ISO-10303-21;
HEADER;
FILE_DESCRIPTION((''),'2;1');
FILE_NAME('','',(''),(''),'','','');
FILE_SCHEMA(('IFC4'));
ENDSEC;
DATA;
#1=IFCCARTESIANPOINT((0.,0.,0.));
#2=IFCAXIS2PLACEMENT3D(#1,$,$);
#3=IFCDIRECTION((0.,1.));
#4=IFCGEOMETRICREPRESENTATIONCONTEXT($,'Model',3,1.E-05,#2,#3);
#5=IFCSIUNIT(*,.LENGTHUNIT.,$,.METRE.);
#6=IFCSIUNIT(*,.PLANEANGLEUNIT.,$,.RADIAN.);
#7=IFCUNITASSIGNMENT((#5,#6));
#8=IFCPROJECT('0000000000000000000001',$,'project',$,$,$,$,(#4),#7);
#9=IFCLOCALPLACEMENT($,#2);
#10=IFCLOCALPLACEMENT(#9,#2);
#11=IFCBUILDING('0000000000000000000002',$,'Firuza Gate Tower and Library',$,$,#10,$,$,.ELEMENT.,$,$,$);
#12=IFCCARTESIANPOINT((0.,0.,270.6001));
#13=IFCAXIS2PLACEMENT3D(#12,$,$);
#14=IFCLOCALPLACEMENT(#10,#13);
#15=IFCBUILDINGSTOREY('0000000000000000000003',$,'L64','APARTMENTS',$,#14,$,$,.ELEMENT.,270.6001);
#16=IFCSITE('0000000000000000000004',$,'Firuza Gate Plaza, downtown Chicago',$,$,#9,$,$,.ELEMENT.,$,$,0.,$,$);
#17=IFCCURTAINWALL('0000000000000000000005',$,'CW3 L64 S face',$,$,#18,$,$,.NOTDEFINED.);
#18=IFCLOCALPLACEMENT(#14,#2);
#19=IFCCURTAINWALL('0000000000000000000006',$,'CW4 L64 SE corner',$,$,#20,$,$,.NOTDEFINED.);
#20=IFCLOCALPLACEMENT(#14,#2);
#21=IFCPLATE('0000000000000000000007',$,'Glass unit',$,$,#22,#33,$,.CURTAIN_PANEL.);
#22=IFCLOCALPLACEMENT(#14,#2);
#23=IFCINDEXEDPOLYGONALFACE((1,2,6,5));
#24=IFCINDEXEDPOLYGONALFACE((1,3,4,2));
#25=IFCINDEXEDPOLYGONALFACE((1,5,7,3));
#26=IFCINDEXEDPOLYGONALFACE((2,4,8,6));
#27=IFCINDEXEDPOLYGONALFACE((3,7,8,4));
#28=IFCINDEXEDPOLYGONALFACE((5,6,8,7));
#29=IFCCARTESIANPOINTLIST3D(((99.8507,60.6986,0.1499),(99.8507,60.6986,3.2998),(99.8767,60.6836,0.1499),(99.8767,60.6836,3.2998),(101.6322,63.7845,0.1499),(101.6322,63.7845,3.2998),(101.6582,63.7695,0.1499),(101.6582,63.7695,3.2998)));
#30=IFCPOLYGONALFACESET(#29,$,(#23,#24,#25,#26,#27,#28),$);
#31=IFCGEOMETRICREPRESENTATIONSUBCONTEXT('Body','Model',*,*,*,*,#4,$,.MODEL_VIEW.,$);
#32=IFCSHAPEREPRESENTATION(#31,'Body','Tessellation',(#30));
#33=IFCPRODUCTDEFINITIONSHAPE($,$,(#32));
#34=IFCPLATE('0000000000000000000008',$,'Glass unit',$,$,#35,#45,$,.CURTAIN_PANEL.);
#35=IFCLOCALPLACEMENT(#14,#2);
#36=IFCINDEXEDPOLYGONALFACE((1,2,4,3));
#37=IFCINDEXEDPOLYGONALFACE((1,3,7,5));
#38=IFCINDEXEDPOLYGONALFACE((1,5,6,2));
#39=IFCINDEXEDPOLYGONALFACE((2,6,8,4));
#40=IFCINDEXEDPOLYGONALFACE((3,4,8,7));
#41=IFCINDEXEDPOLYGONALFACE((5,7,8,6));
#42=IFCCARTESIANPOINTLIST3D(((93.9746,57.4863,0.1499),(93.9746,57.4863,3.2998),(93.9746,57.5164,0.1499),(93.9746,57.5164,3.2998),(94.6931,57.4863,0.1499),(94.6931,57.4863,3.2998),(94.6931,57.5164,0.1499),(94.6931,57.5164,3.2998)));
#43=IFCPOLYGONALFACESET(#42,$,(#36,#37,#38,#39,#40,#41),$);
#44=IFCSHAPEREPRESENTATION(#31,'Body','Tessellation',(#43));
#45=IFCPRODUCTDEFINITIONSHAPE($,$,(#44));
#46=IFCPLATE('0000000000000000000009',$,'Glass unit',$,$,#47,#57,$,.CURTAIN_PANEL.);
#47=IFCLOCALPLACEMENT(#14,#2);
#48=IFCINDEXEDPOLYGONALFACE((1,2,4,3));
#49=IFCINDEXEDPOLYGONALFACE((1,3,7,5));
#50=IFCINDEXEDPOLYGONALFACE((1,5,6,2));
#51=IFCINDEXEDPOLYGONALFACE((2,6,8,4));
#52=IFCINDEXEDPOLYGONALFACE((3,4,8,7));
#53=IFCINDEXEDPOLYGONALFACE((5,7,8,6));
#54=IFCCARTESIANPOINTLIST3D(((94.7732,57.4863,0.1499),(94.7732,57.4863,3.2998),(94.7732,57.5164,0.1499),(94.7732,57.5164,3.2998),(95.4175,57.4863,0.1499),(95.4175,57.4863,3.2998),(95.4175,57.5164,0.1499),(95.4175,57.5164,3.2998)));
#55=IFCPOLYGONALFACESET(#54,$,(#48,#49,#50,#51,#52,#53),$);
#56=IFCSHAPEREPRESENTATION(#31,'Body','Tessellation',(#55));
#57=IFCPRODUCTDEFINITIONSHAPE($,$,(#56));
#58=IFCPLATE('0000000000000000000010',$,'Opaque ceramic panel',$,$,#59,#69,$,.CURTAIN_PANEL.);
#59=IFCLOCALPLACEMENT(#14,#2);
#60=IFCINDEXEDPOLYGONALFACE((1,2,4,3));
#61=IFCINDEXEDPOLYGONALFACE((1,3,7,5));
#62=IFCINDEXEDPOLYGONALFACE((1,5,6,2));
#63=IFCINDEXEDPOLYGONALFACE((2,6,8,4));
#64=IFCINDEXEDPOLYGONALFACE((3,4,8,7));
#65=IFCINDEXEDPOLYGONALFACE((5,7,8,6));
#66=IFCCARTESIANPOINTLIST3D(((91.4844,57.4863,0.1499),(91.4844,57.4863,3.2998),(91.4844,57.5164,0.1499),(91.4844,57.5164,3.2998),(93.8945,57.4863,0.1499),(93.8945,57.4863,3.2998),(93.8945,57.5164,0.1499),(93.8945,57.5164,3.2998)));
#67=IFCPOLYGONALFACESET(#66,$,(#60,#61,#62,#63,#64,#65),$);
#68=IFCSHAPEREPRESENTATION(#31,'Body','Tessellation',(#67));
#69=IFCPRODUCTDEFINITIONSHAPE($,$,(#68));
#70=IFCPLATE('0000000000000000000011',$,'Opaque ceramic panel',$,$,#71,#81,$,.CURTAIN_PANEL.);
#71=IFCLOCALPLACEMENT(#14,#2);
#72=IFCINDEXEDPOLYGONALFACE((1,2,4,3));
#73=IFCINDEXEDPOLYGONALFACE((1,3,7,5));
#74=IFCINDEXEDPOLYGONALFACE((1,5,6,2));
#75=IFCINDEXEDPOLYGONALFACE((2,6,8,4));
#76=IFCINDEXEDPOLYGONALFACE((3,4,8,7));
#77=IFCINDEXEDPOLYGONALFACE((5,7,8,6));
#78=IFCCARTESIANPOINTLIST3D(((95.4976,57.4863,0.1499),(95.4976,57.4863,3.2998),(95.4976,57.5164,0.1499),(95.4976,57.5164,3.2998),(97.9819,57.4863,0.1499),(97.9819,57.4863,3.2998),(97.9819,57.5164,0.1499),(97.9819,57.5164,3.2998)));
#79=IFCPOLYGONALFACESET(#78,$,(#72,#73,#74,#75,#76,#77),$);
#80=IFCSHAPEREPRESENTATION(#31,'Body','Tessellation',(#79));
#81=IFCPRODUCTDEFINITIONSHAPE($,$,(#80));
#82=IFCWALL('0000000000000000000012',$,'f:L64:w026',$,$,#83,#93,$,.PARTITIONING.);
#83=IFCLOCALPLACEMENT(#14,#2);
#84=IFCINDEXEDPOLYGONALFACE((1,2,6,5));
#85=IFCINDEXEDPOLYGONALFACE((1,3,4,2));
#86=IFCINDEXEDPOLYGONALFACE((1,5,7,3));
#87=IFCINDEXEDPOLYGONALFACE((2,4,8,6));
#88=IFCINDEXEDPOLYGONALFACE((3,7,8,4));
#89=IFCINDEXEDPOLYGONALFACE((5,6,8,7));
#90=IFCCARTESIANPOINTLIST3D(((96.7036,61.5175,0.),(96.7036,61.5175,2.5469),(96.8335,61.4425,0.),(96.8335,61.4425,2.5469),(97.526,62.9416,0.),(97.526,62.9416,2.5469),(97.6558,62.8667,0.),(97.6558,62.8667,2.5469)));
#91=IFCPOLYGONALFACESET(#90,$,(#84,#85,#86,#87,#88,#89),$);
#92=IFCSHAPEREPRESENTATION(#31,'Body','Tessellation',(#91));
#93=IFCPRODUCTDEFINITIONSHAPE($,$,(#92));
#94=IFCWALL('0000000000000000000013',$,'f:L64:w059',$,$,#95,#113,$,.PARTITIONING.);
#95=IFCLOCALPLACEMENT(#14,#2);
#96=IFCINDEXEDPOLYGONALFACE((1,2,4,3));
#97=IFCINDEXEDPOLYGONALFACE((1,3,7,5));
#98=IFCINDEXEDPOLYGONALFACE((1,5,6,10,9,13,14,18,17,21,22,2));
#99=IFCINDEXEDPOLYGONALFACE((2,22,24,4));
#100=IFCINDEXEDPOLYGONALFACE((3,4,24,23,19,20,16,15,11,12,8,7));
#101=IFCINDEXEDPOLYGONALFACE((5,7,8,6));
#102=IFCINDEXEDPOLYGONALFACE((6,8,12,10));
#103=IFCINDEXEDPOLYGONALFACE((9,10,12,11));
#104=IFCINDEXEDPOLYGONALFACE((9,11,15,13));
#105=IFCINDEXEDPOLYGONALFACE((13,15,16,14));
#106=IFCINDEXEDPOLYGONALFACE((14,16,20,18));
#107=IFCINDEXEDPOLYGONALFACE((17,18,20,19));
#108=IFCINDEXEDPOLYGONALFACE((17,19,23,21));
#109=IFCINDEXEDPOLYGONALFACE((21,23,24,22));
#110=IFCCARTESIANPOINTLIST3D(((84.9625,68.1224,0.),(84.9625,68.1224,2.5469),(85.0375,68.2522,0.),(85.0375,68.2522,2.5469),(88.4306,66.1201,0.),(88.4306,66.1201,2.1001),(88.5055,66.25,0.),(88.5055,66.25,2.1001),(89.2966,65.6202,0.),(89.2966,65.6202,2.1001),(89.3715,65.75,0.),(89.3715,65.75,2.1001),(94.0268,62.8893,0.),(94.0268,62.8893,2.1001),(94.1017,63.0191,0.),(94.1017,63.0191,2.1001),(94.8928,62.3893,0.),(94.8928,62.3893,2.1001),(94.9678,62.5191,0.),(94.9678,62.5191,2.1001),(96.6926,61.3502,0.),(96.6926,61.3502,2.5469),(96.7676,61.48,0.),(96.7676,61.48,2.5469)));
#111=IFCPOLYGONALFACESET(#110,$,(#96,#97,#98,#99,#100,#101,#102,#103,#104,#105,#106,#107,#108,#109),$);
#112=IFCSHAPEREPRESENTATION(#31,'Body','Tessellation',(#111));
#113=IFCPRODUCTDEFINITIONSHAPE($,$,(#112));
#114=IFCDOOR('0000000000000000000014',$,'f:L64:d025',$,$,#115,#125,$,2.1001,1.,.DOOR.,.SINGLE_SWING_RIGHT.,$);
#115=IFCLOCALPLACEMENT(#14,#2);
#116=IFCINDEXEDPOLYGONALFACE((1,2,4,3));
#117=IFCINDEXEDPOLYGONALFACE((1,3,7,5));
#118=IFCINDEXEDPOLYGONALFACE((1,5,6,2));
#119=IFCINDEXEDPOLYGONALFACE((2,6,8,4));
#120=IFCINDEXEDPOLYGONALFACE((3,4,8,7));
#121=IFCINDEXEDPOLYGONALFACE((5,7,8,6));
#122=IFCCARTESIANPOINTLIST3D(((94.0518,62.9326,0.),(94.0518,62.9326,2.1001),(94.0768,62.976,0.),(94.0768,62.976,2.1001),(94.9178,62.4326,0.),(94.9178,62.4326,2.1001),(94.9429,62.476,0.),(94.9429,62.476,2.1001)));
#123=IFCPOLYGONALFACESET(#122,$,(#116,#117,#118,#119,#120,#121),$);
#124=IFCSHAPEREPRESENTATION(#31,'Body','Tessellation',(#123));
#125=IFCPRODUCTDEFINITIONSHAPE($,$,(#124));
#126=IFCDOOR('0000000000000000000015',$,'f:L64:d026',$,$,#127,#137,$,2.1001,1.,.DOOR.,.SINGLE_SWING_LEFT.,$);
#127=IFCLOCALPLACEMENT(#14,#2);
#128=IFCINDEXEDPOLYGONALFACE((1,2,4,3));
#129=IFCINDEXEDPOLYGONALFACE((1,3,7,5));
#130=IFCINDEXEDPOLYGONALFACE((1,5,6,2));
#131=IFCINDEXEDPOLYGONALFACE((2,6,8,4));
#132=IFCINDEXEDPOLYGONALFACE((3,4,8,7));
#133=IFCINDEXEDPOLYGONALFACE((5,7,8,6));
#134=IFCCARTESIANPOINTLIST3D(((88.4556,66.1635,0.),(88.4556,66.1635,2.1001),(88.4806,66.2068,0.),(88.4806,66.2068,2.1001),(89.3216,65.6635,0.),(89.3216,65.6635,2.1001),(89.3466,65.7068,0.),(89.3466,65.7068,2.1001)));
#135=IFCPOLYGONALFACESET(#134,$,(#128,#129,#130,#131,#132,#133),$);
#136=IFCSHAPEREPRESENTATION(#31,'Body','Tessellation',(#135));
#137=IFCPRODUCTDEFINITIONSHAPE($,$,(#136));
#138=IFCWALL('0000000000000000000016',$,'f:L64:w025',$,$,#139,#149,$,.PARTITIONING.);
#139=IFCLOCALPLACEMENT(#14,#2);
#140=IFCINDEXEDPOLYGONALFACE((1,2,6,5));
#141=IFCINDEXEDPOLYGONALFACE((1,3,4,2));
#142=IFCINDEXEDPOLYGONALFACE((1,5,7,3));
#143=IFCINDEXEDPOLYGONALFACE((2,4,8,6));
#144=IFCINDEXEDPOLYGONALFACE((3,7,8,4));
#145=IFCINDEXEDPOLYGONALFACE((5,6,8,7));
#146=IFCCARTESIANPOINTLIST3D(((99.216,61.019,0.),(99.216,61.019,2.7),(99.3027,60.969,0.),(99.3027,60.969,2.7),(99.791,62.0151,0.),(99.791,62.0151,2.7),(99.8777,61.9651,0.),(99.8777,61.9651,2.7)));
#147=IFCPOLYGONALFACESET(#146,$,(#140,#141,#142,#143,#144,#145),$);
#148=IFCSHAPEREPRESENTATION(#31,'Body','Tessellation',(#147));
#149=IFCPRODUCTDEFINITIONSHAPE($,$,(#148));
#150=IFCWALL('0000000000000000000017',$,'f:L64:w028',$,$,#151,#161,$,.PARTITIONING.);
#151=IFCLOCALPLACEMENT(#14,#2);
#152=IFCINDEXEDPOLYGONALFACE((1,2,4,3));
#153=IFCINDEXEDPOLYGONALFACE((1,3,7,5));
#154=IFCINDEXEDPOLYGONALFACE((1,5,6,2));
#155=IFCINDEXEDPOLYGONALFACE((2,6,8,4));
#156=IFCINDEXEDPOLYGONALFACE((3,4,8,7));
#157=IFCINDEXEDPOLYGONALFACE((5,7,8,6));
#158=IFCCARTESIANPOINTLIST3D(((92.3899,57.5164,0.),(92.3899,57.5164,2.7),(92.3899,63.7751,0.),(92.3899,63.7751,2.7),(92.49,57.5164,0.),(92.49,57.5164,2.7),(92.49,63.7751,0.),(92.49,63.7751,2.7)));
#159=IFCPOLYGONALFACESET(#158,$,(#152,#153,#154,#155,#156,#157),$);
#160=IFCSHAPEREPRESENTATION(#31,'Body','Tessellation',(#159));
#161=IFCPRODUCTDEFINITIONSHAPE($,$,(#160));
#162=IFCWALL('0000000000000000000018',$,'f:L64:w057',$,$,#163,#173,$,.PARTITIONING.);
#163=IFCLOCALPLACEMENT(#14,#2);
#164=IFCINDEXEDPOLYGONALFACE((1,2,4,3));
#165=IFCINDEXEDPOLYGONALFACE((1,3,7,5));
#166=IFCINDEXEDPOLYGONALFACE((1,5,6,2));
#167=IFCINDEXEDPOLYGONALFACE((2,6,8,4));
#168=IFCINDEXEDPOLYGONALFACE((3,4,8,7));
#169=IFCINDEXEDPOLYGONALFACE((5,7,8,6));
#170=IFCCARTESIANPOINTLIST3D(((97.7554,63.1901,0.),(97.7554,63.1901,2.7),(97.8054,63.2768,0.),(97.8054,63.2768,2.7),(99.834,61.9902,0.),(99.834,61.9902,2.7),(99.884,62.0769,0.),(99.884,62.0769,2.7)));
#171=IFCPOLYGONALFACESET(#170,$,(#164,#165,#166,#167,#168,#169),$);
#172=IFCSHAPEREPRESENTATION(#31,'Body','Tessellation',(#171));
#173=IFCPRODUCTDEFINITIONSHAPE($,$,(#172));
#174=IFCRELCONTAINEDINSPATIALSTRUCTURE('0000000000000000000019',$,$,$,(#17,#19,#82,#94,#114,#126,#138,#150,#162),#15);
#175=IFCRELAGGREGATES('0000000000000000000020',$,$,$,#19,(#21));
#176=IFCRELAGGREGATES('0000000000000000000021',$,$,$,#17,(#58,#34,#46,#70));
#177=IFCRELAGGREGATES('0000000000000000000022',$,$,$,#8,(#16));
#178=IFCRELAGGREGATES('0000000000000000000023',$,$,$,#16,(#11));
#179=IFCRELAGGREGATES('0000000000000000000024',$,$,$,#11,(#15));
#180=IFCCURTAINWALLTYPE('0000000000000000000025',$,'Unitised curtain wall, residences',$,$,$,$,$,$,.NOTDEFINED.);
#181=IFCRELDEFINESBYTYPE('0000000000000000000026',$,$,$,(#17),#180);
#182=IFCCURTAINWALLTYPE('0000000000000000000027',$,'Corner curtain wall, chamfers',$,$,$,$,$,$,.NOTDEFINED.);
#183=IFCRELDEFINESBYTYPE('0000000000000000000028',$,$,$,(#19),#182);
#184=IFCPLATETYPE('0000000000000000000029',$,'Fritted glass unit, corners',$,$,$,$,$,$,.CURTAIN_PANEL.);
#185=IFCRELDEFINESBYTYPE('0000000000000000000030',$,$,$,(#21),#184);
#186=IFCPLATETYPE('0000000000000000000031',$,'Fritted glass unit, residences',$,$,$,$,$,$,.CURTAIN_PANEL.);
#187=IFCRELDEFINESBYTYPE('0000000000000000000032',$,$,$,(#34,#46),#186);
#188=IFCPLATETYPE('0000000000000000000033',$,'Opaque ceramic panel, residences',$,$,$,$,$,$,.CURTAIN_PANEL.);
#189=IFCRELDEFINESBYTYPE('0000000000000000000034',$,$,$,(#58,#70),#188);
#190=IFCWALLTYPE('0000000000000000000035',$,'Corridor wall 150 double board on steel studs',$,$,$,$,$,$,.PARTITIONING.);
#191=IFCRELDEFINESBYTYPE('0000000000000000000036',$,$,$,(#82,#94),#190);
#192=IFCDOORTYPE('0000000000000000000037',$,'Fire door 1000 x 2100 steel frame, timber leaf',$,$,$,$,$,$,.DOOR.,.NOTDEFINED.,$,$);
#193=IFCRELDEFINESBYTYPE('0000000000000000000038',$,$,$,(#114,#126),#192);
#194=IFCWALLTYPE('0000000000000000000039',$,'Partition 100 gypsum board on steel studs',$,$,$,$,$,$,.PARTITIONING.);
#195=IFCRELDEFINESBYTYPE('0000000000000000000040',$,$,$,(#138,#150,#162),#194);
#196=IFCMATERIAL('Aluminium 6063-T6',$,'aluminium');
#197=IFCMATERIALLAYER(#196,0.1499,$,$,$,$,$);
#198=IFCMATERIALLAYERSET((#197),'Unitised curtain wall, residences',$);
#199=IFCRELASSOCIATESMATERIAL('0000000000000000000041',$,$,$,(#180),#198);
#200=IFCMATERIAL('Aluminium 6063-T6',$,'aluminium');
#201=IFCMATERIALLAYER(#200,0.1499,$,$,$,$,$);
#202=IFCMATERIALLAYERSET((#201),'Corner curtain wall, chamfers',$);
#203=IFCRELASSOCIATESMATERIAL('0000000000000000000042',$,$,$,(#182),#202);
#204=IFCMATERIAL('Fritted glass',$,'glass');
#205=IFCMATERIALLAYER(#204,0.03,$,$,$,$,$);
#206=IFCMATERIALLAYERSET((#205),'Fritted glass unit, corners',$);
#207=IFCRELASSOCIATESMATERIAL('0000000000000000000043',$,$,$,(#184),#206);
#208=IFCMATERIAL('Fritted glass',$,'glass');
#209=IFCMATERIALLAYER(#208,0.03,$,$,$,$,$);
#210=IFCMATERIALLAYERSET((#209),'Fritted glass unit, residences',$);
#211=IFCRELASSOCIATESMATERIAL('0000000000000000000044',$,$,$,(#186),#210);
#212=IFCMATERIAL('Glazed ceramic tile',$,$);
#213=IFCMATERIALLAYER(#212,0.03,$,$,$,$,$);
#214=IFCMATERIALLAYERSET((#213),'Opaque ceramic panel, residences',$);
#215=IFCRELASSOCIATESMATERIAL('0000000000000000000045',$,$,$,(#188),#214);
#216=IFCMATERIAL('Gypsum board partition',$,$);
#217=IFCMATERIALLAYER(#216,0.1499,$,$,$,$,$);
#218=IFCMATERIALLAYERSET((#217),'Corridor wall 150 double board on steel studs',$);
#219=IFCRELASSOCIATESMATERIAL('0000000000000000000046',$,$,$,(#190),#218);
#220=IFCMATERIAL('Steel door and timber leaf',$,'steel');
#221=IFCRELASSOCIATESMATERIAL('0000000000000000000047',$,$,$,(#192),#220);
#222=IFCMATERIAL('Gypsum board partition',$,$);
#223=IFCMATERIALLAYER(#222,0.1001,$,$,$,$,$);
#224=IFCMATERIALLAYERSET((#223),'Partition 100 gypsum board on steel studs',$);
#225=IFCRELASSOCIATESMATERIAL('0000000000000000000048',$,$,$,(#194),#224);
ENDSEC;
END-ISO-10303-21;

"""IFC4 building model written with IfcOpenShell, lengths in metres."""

from ifc_helpers import new_model, si_unit, direction, frame, frame_2d, origin, place, context, subcontext, project, spatial, polyline, rectangle, outline, extrude, material, layer, layer_set, type_object, element, fill, aggregate, save


model = new_model("IFC4")

# Units and contexts
model_context = context("Model", 3, precision=1e-05, world=origin(), true_north=direction((0.0, 1.0)))
body_context = subcontext(model_context, "Body", "Model", "MODEL_VIEW")
ifc_project = project(units=[si_unit("LENGTHUNIT", "METRE"), si_unit("PLANEANGLEUNIT", "RADIAN")], contexts=[model_context])

# Site, building, storey
site_placement = place(None, origin())
site = spatial("IfcSite", under=ifc_project, at=site_placement, Name="Firuza Gate Plaza, downtown Chicago", CompositionType="ELEMENT", RefElevation=0.0)
building_placement = place(site_placement, origin())
building = spatial("IfcBuilding", under=site, at=building_placement, Name="Firuza Gate Tower and Library", CompositionType="ELEMENT")
storey_placement = place(building_placement, frame((0.0, 0.0, 270.6001)))
storey = spatial("IfcBuildingStorey", under=building, at=storey_placement, Name="L64", Description="APARTMENTS", CompositionType="ELEMENT", Elevation=270.6001)

# Curtain walls
ifc_material_1 = material(Name="Aluminium 6063-T6", Category="aluminium")
ifc_layer_1 = layer(ifc_material_1, 0.1499)
ifc_layer_set_1 = layer_set([ifc_layer_1], Name="Unitised curtain wall, residences")
curtain_wall_type_1 = type_object("IfcCurtainWallType", Name="Unitised curtain wall, residences", PredefinedType="NOTDEFINED", material=ifc_layer_set_1)
placement = place(storey_placement, origin())
curtain_wall_1 = element("IfcCurtainWall", 1, at=placement, inside=storey, type_object=curtain_wall_type_1, Name="CW3 L64 S face", PredefinedType="NOTDEFINED")
ifc_material_2 = material(Name="Aluminium 6063-T6", Category="aluminium")
ifc_layer_2 = layer(ifc_material_2, 0.1499)
ifc_layer_set_2 = layer_set([ifc_layer_2], Name="Corner curtain wall, chamfers")
curtain_wall_type_2 = type_object("IfcCurtainWallType", Name="Corner curtain wall, chamfers", PredefinedType="NOTDEFINED", material=ifc_layer_set_2)
curtain_wall_2 = element("IfcCurtainWall", 2, at=placement, inside=storey, type_object=curtain_wall_type_2, Name="CW4 L64 SE corner", PredefinedType="NOTDEFINED")

# Plates
ifc_material_3 = material(Name="Fritted glass", Category="glass")
ifc_layer_3 = layer(ifc_material_3, 0.03)
ifc_layer_set_3 = layer_set([ifc_layer_3], Name="Fritted glass unit, corners")
plate_type_1 = type_object("IfcPlateType", Name="Fritted glass unit, corners", PredefinedType="CURTAIN_PANEL", material=ifc_layer_set_3)
plate_1_placement = place(storey_placement, frame((99.8767, 60.6836, 0.1499), z_axis=(0.866046, -0.499964, 0.0), x_axis=(0.499964, 0.866046, 0.0)))
plate_1 = element("IfcPlate", 3, at=plate_1_placement, type_object=plate_type_1, Name="Glass unit", PredefinedType="CURTAIN_PANEL", context=body_context, shape_type="SweptSolid", body=[
    extrude(outline(polyline([(0.0, 0.0), (3.5632, 0.0), (3.5632, 3.1499), (0.0, 3.1499), (0.0, 0.0)])), origin(), (0.0, 0.0, -1.0), 0.03),
])
aggregate(curtain_wall_2, [plate_1])
ifc_material_4 = material(Name="Fritted glass", Category="glass")
ifc_layer_4 = layer(ifc_material_4, 0.03)
ifc_layer_set_4 = layer_set([ifc_layer_4], Name="Fritted glass unit, residences")
plate_type_2 = type_object("IfcPlateType", Name="Fritted glass unit, residences", PredefinedType="CURTAIN_PANEL", material=ifc_layer_set_4)
plate_2_placement = place(storey_placement, frame((93.9746, 57.4863, 0.1499), z_axis=(0.0, -1.0, 0.0), x_axis=(1.0, 0.0, 0.0)))
plate_2 = element("IfcPlate", 4, at=plate_2_placement, type_object=plate_type_2, Name="Glass unit", PredefinedType="CURTAIN_PANEL", context=body_context, shape_type="SweptSolid", body=[
    extrude(outline(polyline([(0.0, 0.0), (0.7185, 0.0), (0.7185, 3.1499), (0.0, 3.1499), (0.0, 0.0)])), origin(), (0.0, 0.0, -1.0), 0.03),
])
plate_3_placement = place(storey_placement, frame((94.7732, 57.4863, 0.1499), z_axis=(0.0, -1.0, 0.0), x_axis=(1.0, 0.0, 0.0)))
plate_3 = element("IfcPlate", 5, at=plate_3_placement, type_object=plate_type_2, Name="Glass unit", PredefinedType="CURTAIN_PANEL", context=body_context, shape_type="SweptSolid", body=[
    extrude(outline(polyline([(0.0, 0.0), (0.6443, 0.0), (0.6443, 3.1499), (0.0, 3.1499), (0.0, 0.0)])), origin(), (0.0, 0.0, -1.0), 0.03),
])
ifc_material_5 = material(Name="Glazed ceramic tile")
ifc_layer_5 = layer(ifc_material_5, 0.03)
ifc_layer_set_5 = layer_set([ifc_layer_5], Name="Opaque ceramic panel, residences")
plate_type_3 = type_object("IfcPlateType", Name="Opaque ceramic panel, residences", PredefinedType="CURTAIN_PANEL", material=ifc_layer_set_5)
plate_4_placement = place(storey_placement, frame((91.4844, 57.4863, 0.1499), z_axis=(0.0, -1.0, 0.0), x_axis=(1.0, 0.0, 0.0)))
plate_4 = element("IfcPlate", 6, at=plate_4_placement, type_object=plate_type_3, Name="Opaque ceramic panel", PredefinedType="CURTAIN_PANEL", context=body_context, shape_type="SweptSolid", body=[
    extrude(outline(polyline([(0.0, 0.0), (2.4102, 0.0), (2.4102, 3.1499), (0.0, 3.1499), (0.0, 0.0)])), origin(), (0.0, 0.0, -1.0), 0.03),
])
plate_5_placement = place(storey_placement, frame((95.4976, 57.4863, 0.1499), z_axis=(0.0, -1.0, 0.0), x_axis=(1.0, 0.0, 0.0)))
plate_5 = element("IfcPlate", 7, at=plate_5_placement, type_object=plate_type_3, Name="Opaque ceramic panel", PredefinedType="CURTAIN_PANEL", context=body_context, shape_type="SweptSolid", body=[
    extrude(outline(polyline([(0.0, 0.0), (2.4844, 0.0), (2.4844, 3.1499), (0.0, 3.1499), (0.0, 0.0)])), origin(), (0.0, 0.0, -1.0), 0.03),
])
aggregate(curtain_wall_1, [plate_4, plate_2, plate_3, plate_5])

# Wall
ifc_material_6 = material(Name="Gypsum board partition")
ifc_layer_6 = layer(ifc_material_6, 0.1499)
ifc_layer_set_6 = layer_set([ifc_layer_6], Name="Corridor wall 150 double board on steel studs")
wall_type_1 = type_object("IfcWallType", Name="Corridor wall 150 double board on steel studs", PredefinedType="PARTITIONING", material=ifc_layer_set_6)
wall_1_placement = place(storey_placement, frame((96.7686, 61.48, 0.0), z_axis=(0.0, 0.0, 1.0), x_axis=(0.500035, 0.866005, 0.0)))
element("IfcWall", 8, at=wall_1_placement, inside=storey, type_object=wall_type_1, Name="f:L64:w026", PredefinedType="PARTITIONING", context=body_context, shape_type="SweptSolid", body=[
    extrude(rectangle(XDim=1.6445, YDim=0.1499, at=frame_2d((0.8223, 0.0))), origin(), (0.0, 0.0, 1.0), 2.5469),
])

# Wall, openings, doors
wall_2_placement = place(storey_placement, frame((96.7302, 61.415, 0.0), z_axis=(0.0, 0.0, 1.0), x_axis=(-0.866033, 0.499987, 0.0)))
wall_2 = element("IfcWall", 9, at=wall_2_placement, inside=storey, type_object=wall_type_1, Name="f:L64:w059", PredefinedType="PARTITIONING", context=body_context, shape_type="SweptSolid", body=[
    extrude(rectangle(XDim=13.5447, YDim=0.1499, at=frame_2d((6.7725, 0.0))), origin(), (0.0, 0.0, 1.0), 2.5469),
])
opening_1_placement = place(wall_2_placement, frame((2.0784, 0.0, 0.0)))
opening_1 = element("IfcOpeningElement", 10, at=opening_1_placement, cuts=wall_2, PredefinedType="OPENING", context=body_context, shape_type="SweptSolid", body=[
    extrude(rectangle(XDim=1.0, YDim=2.1001, at=frame_2d((0.5, 1.05))), frame((0.0, 0.085, 0.0), z_axis=(0.0, -1.0, 0.0), x_axis=(1.0, 0.0, 0.0)), (0.0, 0.0, 1.0), 0.1699),
])
opening_2_placement = place(wall_2_placement, frame((8.5403, 0.0, 0.0)))
opening_2 = element("IfcOpeningElement", 11, at=opening_2_placement, cuts=wall_2, PredefinedType="OPENING", context=body_context, shape_type="SweptSolid", body=[
    extrude(rectangle(XDim=1.0, YDim=2.1001, at=frame_2d((0.5, 1.05))), frame((0.0, 0.085, 0.0), z_axis=(0.0, -1.0, 0.0), x_axis=(1.0, 0.0, 0.0)), (0.0, 0.0, 1.0), 0.1699),
])
ifc_material_7 = material(Name="Steel door and timber leaf", Category="steel")
door_type = type_object("IfcDoorType", Name="Fire door 1000 x 2100 steel frame, timber leaf", OperationType="NOTDEFINED", PredefinedType="DOOR", material=ifc_material_7)
door_1_placement = place(opening_1_placement, origin())
door_1 = element("IfcDoor", 12, at=door_1_placement, inside=storey, type_object=door_type, Name="f:L64:d025", OperationType="SINGLE_SWING_RIGHT", OverallHeight=2.1001, OverallWidth=1.0, PredefinedType="DOOR", context=body_context, shape_type="SweptSolid", body=[
    extrude(rectangle(XDim=1.0, YDim=2.1001, at=frame_2d((0.5, 1.05))), frame((0.0, 0.0249, 0.0), z_axis=(0.0, -1.0, 0.0), x_axis=(1.0, 0.0, 0.0)), (0.0, 0.0, 1.0), 0.05),
])
fill(opening_1, door_1)
door_2_placement = place(opening_2_placement, origin())
door_2 = element("IfcDoor", 13, at=door_2_placement, inside=storey, type_object=door_type, Name="f:L64:d026", OperationType="SINGLE_SWING_LEFT", OverallHeight=2.1001, OverallWidth=1.0, PredefinedType="DOOR", context=body_context, shape_type="SweptSolid", body=[
    extrude(rectangle(XDim=1.0, YDim=2.1001, at=frame_2d((0.5, 1.05))), frame((0.0, 0.0249, 0.0), z_axis=(0.0, -1.0, 0.0), x_axis=(1.0, 0.0, 0.0)), (0.0, 0.0, 1.0), 0.05),
])
fill(opening_2, door_2)

# Walls
ifc_material_8 = material(Name="Gypsum board partition")
ifc_layer_7 = layer(ifc_material_8, 0.1001)
ifc_layer_set_7 = layer_set([ifc_layer_7], Name="Partition 100 gypsum board on steel studs")
wall_type_2 = type_object("IfcWallType", Name="Partition 100 gypsum board on steel studs", PredefinedType="PARTITIONING", material=ifc_layer_set_7)
wall_3_placement = place(storey_placement, frame((99.2593, 60.9939, 0.0), z_axis=(0.0, 0.0, 1.0), x_axis=(0.499906, 0.86608, 0.0)))
element("IfcWall", 14, at=wall_3_placement, inside=storey, type_object=wall_type_2, Name="f:L64:w025", PredefinedType="PARTITIONING", context=body_context, shape_type="SweptSolid", body=[
    extrude(rectangle(XDim=1.1501, YDim=0.1001, at=frame_2d((0.5752, 0.0))), origin(), (0.0, 0.0, 1.0), 2.7),
])
wall_4_placement = place(storey_placement, frame((92.4399, 57.5164, 0.0), z_axis=(0.0, 0.0, 1.0), x_axis=(0.0, 1.0, 0.0)))
element("IfcWall", 15, at=wall_4_placement, inside=storey, type_object=wall_type_2, Name="f:L64:w028", PredefinedType="PARTITIONING", context=body_context, shape_type="SweptSolid", body=[
    extrude(rectangle(XDim=6.2588, YDim=0.1001, at=frame_2d((3.1294, 0.0))), origin(), (0.0, 0.0, 1.0), 2.7),
])
wall_5_placement = place(storey_placement, frame((99.8591, 62.0334, 0.0), z_axis=(0.0, 0.0, 1.0), x_axis=(-0.86605, 0.499957, 0.0)))
element("IfcWall", 16, at=wall_5_placement, inside=storey, type_object=wall_type_2, Name="f:L64:w057", PredefinedType="PARTITIONING", context=body_context, shape_type="SweptSolid", body=[
    extrude(rectangle(XDim=2.4001, YDim=0.1001, at=frame_2d((1.2002, 0.0))), origin(), (0.0, 0.0, 1.0), 2.7),
])

save(model, "model.ifc")
